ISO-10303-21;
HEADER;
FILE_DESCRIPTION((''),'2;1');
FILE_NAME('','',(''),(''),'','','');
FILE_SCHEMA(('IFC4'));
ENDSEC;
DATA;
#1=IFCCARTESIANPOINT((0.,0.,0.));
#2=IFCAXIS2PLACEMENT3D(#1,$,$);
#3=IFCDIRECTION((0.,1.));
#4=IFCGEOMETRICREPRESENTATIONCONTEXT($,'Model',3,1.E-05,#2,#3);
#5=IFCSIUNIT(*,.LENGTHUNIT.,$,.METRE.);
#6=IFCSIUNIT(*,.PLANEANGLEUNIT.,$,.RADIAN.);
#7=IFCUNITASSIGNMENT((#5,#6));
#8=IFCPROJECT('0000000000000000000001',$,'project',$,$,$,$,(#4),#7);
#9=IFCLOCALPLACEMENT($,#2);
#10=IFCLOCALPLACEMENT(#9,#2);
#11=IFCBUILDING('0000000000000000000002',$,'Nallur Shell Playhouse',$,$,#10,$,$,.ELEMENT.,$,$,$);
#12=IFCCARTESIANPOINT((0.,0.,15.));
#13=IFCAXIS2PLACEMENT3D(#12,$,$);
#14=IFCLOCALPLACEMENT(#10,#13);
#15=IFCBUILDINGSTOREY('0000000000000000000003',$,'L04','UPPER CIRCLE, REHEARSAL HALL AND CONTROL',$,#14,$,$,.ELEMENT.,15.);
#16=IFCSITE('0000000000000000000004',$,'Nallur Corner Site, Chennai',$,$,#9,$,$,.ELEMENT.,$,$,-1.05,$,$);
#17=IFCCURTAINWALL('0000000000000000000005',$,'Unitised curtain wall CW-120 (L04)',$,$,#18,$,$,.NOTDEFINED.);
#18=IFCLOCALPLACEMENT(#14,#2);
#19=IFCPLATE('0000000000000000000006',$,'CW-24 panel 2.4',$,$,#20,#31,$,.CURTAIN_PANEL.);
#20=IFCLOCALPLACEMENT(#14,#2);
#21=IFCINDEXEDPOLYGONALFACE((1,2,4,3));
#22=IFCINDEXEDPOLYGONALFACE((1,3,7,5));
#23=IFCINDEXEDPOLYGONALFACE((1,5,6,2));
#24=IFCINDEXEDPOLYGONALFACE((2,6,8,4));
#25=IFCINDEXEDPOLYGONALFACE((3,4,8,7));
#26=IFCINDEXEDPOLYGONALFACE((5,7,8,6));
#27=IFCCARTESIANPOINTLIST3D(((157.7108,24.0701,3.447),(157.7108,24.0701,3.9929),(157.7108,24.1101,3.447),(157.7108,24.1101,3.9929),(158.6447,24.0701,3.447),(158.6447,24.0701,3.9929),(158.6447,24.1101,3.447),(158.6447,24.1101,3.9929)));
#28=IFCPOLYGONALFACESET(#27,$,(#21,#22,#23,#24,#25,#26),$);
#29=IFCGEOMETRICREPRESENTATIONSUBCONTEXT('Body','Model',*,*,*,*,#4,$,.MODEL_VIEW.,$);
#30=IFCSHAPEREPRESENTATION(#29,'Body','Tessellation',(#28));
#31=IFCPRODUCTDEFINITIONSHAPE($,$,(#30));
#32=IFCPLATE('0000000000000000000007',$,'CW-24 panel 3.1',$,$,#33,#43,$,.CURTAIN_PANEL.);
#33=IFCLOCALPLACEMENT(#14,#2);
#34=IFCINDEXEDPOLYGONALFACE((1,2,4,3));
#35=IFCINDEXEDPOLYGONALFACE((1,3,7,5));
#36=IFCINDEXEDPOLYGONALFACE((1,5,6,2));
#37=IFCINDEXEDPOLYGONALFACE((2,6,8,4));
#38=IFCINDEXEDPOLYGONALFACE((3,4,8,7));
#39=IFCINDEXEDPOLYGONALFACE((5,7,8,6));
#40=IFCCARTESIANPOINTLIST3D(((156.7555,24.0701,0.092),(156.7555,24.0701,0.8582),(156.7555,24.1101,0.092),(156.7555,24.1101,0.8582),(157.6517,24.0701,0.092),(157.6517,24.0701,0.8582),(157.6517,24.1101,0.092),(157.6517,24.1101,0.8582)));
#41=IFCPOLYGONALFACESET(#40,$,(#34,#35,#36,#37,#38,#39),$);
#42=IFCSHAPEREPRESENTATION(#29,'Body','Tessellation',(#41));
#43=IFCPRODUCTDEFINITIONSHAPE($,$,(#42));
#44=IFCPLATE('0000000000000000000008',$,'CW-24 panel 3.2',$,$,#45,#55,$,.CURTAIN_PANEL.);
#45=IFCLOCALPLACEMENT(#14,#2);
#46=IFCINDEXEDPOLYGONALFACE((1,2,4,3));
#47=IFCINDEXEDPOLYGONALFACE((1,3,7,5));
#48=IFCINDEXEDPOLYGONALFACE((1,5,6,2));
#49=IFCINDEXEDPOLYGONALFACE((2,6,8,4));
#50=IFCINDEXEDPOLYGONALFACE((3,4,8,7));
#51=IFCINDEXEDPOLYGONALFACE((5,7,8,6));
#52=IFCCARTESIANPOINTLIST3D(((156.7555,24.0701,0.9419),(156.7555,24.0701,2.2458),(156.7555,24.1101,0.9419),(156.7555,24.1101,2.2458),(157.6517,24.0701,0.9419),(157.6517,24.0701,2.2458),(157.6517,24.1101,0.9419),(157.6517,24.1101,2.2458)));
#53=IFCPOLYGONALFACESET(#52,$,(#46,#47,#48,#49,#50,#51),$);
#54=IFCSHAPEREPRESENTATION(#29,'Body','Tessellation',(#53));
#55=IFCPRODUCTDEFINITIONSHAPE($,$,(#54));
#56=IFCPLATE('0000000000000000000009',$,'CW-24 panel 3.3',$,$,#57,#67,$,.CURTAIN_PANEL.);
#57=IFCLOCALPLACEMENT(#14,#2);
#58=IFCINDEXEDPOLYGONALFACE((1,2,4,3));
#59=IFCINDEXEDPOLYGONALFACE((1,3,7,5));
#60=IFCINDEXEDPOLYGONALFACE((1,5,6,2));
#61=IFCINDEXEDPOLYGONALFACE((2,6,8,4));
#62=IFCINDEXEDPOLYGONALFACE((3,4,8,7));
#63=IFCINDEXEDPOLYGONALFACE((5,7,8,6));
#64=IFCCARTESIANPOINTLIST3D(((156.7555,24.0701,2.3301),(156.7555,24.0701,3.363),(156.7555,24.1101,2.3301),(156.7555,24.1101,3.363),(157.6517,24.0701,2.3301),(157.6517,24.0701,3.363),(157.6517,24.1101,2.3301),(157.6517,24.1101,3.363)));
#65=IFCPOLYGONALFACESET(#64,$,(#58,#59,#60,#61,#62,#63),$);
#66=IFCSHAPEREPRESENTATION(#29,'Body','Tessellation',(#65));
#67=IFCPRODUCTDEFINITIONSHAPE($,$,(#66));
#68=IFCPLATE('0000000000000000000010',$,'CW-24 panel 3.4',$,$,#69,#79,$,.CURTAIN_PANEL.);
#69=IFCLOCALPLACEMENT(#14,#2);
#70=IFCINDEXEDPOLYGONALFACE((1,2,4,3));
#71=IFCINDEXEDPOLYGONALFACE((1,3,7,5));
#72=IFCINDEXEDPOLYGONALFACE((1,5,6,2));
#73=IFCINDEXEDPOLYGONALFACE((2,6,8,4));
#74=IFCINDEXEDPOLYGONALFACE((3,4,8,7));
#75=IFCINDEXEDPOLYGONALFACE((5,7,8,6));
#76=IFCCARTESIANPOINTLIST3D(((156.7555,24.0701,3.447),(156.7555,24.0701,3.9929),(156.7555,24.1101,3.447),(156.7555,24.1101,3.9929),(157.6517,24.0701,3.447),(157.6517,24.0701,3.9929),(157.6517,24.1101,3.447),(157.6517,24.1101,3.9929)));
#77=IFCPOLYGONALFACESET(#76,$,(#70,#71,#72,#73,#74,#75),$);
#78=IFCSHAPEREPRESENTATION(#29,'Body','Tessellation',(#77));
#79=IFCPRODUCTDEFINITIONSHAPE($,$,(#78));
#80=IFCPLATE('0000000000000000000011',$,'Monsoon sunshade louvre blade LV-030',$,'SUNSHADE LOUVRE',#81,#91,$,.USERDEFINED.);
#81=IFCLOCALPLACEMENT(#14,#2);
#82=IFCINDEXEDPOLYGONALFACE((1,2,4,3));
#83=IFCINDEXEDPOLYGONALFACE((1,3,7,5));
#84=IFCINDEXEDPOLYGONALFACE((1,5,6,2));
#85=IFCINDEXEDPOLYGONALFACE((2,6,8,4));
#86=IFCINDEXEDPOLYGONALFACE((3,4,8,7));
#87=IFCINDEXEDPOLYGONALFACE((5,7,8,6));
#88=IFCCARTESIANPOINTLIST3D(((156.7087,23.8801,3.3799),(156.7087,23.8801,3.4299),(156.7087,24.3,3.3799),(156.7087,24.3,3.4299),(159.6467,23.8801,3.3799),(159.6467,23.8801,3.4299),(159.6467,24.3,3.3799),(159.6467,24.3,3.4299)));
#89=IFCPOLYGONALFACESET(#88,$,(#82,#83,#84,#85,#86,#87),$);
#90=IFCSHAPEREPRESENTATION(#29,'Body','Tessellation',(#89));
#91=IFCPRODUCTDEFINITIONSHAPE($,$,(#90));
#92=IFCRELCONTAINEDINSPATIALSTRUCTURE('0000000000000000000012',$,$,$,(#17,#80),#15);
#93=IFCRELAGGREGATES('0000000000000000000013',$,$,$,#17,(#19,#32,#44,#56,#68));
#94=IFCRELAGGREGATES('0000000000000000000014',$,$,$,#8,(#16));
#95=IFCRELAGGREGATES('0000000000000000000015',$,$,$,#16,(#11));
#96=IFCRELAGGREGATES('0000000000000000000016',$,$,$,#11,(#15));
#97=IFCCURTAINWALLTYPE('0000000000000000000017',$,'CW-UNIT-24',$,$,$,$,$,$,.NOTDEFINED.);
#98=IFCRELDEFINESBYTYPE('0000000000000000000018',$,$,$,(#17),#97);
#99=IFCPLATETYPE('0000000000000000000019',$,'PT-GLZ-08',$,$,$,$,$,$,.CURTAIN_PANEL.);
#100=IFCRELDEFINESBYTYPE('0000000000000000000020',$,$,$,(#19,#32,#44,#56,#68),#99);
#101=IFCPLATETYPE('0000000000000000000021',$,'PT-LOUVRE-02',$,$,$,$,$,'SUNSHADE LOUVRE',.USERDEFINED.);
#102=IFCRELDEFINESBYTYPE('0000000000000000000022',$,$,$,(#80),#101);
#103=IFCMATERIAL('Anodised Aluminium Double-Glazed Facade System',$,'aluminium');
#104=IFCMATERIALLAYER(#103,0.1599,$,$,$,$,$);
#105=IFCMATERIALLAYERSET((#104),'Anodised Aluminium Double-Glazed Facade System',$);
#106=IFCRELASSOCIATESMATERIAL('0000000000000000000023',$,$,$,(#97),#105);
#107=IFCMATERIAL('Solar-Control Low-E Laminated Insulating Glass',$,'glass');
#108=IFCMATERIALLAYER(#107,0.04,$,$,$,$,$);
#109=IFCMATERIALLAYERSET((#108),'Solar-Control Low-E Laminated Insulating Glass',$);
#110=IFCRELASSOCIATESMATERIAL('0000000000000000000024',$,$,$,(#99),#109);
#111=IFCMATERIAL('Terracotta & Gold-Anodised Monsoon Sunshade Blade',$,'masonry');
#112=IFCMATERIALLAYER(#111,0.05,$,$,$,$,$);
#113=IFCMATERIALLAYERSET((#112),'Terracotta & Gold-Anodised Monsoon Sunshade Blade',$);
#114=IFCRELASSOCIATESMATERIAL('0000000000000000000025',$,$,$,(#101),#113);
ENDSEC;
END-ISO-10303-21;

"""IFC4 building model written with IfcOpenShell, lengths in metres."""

from ifc_helpers import new_model, si_unit, direction, frame, origin, origin_2d, place, context, subcontext, project, spatial, rectangle, extrude, material, layer, layer_set, type_object, element, aggregate, save


model = new_model("IFC4")

# Units and contexts
model_context = context("Model", 3, precision=1e-05, world=origin(), true_north=direction((0.0, 1.0)))
body_context = subcontext(model_context, "Body", "Model", "MODEL_VIEW")
ifc_project = project(units=[si_unit("LENGTHUNIT", "METRE"), si_unit("PLANEANGLEUNIT", "RADIAN")], contexts=[model_context])

# Site, building, storey
site_placement = place(None, origin())
site = spatial("IfcSite", under=ifc_project, at=site_placement, Name="Nallur Corner Site, Chennai", CompositionType="ELEMENT", RefElevation=-1.05)
building_placement = place(site_placement, origin())
building = spatial("IfcBuilding", under=site, at=building_placement, Name="Nallur Shell Playhouse", CompositionType="ELEMENT")
storey_placement = place(building_placement, frame((0.0, 0.0, 15.0)))
storey = spatial("IfcBuildingStorey", under=building, at=storey_placement, Name="L04", Description="UPPER CIRCLE, REHEARSAL HALL AND CONTROL", CompositionType="ELEMENT", Elevation=15.0)

# Shared definitions
ifc_material_1 = material(Name="Anodised Aluminium Double-Glazed Facade System", Category="aluminium")

# Curtain wall
ifc_layer_1 = layer(ifc_material_1, 0.1599)
ifc_layer_set_1 = layer_set([ifc_layer_1], Name="Anodised Aluminium Double-Glazed Facade System")
curtain_wall_type_1 = type_object("IfcCurtainWallType", Name="CW-UNIT-24", PredefinedType="NOTDEFINED", material=ifc_layer_set_1)
curtain_wall_1_placement = place(storey_placement, origin())
curtain_wall_1 = element("IfcCurtainWall", 1, at=curtain_wall_1_placement, inside=storey, type_object=curtain_wall_type_1, Name="Unitised curtain wall CW-120 (L04)", PredefinedType="NOTDEFINED")

# Plates
ifc_material_2 = material(Name="Solar-Control Low-E Laminated Insulating Glass", Category="glass")
ifc_layer_2 = layer(ifc_material_2, 0.04)
ifc_layer_set_2 = layer_set([ifc_layer_2], Name="Solar-Control Low-E Laminated Insulating Glass")
plate_type_1 = type_object("IfcPlateType", Name="PT-GLZ-08", PredefinedType="CURTAIN_PANEL", material=ifc_layer_set_2)
plate_1_placement = place(storey_placement, frame((158.1777, 24.0901, 3.447), z_axis=(0.0, 0.0, 1.0), x_axis=(-1.0, 0.0, 0.0)))
plate_1 = element("IfcPlate", 2, at=plate_1_placement, type_object=plate_type_1, Name="CW-24 panel 2.4", PredefinedType="CURTAIN_PANEL", context=body_context, shape_type="SweptSolid", body=[
    extrude(rectangle(XDim=0.9338, YDim=0.04, at=origin_2d()), origin(), (0.0, 0.0, 1.0), 0.5459),
])
plate_2_placement = place(storey_placement, frame((157.2036, 24.0901, 0.092), z_axis=(0.0, 0.0, 1.0), x_axis=(-1.0, 0.0, 0.0)))
plate_2 = element("IfcPlate", 3, at=plate_2_placement, type_object=plate_type_1, Name="CW-24 panel 3.1", PredefinedType="CURTAIN_PANEL", context=body_context, shape_type="SweptSolid", body=[
    extrude(rectangle(XDim=0.8962, YDim=0.04, at=origin_2d()), origin(), (0.0, 0.0, 1.0), 0.7661),
])
plate_3_placement = place(storey_placement, frame((157.2036, 24.0901, 0.9419), z_axis=(0.0, 0.0, 1.0), x_axis=(-1.0, 0.0, 0.0)))
plate_3 = element("IfcPlate", 4, at=plate_3_placement, type_object=plate_type_1, Name="CW-24 panel 3.2", PredefinedType="CURTAIN_PANEL", context=body_context, shape_type="SweptSolid", body=[
    extrude(rectangle(XDim=0.8962, YDim=0.04, at=origin_2d()), origin(), (0.0, 0.0, 1.0), 1.304),
])
plate_4_placement = place(storey_placement, frame((157.2036, 24.0901, 2.3301), z_axis=(0.0, 0.0, 1.0), x_axis=(-1.0, 0.0, 0.0)))
plate_4 = element("IfcPlate", 5, at=plate_4_placement, type_object=plate_type_1, Name="CW-24 panel 3.3", PredefinedType="CURTAIN_PANEL", context=body_context, shape_type="SweptSolid", body=[
    extrude(rectangle(XDim=0.8962, YDim=0.04, at=origin_2d()), origin(), (0.0, 0.0, 1.0), 1.033),
])
plate_5_placement = place(storey_placement, frame((157.2036, 24.0901, 3.447), z_axis=(0.0, 0.0, 1.0), x_axis=(-1.0, 0.0, 0.0)))
plate_5 = element("IfcPlate", 6, at=plate_5_placement, type_object=plate_type_1, Name="CW-24 panel 3.4", PredefinedType="CURTAIN_PANEL", context=body_context, shape_type="SweptSolid", body=[
    extrude(rectangle(XDim=0.8962, YDim=0.04, at=origin_2d()), origin(), (0.0, 0.0, 1.0), 0.5459),
])
aggregate(curtain_wall_1, [plate_1, plate_2, plate_3, plate_4, plate_5])
ifc_material_3 = material(Name="Terracotta & Gold-Anodised Monsoon Sunshade Blade", Category="masonry")
ifc_layer_3 = layer(ifc_material_3, 0.05)
ifc_layer_set_3 = layer_set([ifc_layer_3], Name="Terracotta & Gold-Anodised Monsoon Sunshade Blade")
plate_type_2 = type_object("IfcPlateType", Name="PT-LOUVRE-02", ElementType="SUNSHADE LOUVRE", PredefinedType="USERDEFINED", material=ifc_layer_set_3)
plate_6_placement = place(storey_placement, frame((158.1777, 24.0901, 3.3799), z_axis=(0.0, 0.0, 1.0), x_axis=(-1.0, 0.0, 0.0)))
element("IfcPlate", 7, at=plate_6_placement, inside=storey, type_object=plate_type_2, Name="Monsoon sunshade louvre blade LV-030", ObjectType="SUNSHADE LOUVRE", PredefinedType="USERDEFINED", context=body_context, shape_type="SweptSolid", body=[
    extrude(rectangle(XDim=2.938, YDim=0.4199, at=origin_2d()), origin(), (0.0, 0.0, 1.0), 0.05),
])

save(model, "model.ifc")
